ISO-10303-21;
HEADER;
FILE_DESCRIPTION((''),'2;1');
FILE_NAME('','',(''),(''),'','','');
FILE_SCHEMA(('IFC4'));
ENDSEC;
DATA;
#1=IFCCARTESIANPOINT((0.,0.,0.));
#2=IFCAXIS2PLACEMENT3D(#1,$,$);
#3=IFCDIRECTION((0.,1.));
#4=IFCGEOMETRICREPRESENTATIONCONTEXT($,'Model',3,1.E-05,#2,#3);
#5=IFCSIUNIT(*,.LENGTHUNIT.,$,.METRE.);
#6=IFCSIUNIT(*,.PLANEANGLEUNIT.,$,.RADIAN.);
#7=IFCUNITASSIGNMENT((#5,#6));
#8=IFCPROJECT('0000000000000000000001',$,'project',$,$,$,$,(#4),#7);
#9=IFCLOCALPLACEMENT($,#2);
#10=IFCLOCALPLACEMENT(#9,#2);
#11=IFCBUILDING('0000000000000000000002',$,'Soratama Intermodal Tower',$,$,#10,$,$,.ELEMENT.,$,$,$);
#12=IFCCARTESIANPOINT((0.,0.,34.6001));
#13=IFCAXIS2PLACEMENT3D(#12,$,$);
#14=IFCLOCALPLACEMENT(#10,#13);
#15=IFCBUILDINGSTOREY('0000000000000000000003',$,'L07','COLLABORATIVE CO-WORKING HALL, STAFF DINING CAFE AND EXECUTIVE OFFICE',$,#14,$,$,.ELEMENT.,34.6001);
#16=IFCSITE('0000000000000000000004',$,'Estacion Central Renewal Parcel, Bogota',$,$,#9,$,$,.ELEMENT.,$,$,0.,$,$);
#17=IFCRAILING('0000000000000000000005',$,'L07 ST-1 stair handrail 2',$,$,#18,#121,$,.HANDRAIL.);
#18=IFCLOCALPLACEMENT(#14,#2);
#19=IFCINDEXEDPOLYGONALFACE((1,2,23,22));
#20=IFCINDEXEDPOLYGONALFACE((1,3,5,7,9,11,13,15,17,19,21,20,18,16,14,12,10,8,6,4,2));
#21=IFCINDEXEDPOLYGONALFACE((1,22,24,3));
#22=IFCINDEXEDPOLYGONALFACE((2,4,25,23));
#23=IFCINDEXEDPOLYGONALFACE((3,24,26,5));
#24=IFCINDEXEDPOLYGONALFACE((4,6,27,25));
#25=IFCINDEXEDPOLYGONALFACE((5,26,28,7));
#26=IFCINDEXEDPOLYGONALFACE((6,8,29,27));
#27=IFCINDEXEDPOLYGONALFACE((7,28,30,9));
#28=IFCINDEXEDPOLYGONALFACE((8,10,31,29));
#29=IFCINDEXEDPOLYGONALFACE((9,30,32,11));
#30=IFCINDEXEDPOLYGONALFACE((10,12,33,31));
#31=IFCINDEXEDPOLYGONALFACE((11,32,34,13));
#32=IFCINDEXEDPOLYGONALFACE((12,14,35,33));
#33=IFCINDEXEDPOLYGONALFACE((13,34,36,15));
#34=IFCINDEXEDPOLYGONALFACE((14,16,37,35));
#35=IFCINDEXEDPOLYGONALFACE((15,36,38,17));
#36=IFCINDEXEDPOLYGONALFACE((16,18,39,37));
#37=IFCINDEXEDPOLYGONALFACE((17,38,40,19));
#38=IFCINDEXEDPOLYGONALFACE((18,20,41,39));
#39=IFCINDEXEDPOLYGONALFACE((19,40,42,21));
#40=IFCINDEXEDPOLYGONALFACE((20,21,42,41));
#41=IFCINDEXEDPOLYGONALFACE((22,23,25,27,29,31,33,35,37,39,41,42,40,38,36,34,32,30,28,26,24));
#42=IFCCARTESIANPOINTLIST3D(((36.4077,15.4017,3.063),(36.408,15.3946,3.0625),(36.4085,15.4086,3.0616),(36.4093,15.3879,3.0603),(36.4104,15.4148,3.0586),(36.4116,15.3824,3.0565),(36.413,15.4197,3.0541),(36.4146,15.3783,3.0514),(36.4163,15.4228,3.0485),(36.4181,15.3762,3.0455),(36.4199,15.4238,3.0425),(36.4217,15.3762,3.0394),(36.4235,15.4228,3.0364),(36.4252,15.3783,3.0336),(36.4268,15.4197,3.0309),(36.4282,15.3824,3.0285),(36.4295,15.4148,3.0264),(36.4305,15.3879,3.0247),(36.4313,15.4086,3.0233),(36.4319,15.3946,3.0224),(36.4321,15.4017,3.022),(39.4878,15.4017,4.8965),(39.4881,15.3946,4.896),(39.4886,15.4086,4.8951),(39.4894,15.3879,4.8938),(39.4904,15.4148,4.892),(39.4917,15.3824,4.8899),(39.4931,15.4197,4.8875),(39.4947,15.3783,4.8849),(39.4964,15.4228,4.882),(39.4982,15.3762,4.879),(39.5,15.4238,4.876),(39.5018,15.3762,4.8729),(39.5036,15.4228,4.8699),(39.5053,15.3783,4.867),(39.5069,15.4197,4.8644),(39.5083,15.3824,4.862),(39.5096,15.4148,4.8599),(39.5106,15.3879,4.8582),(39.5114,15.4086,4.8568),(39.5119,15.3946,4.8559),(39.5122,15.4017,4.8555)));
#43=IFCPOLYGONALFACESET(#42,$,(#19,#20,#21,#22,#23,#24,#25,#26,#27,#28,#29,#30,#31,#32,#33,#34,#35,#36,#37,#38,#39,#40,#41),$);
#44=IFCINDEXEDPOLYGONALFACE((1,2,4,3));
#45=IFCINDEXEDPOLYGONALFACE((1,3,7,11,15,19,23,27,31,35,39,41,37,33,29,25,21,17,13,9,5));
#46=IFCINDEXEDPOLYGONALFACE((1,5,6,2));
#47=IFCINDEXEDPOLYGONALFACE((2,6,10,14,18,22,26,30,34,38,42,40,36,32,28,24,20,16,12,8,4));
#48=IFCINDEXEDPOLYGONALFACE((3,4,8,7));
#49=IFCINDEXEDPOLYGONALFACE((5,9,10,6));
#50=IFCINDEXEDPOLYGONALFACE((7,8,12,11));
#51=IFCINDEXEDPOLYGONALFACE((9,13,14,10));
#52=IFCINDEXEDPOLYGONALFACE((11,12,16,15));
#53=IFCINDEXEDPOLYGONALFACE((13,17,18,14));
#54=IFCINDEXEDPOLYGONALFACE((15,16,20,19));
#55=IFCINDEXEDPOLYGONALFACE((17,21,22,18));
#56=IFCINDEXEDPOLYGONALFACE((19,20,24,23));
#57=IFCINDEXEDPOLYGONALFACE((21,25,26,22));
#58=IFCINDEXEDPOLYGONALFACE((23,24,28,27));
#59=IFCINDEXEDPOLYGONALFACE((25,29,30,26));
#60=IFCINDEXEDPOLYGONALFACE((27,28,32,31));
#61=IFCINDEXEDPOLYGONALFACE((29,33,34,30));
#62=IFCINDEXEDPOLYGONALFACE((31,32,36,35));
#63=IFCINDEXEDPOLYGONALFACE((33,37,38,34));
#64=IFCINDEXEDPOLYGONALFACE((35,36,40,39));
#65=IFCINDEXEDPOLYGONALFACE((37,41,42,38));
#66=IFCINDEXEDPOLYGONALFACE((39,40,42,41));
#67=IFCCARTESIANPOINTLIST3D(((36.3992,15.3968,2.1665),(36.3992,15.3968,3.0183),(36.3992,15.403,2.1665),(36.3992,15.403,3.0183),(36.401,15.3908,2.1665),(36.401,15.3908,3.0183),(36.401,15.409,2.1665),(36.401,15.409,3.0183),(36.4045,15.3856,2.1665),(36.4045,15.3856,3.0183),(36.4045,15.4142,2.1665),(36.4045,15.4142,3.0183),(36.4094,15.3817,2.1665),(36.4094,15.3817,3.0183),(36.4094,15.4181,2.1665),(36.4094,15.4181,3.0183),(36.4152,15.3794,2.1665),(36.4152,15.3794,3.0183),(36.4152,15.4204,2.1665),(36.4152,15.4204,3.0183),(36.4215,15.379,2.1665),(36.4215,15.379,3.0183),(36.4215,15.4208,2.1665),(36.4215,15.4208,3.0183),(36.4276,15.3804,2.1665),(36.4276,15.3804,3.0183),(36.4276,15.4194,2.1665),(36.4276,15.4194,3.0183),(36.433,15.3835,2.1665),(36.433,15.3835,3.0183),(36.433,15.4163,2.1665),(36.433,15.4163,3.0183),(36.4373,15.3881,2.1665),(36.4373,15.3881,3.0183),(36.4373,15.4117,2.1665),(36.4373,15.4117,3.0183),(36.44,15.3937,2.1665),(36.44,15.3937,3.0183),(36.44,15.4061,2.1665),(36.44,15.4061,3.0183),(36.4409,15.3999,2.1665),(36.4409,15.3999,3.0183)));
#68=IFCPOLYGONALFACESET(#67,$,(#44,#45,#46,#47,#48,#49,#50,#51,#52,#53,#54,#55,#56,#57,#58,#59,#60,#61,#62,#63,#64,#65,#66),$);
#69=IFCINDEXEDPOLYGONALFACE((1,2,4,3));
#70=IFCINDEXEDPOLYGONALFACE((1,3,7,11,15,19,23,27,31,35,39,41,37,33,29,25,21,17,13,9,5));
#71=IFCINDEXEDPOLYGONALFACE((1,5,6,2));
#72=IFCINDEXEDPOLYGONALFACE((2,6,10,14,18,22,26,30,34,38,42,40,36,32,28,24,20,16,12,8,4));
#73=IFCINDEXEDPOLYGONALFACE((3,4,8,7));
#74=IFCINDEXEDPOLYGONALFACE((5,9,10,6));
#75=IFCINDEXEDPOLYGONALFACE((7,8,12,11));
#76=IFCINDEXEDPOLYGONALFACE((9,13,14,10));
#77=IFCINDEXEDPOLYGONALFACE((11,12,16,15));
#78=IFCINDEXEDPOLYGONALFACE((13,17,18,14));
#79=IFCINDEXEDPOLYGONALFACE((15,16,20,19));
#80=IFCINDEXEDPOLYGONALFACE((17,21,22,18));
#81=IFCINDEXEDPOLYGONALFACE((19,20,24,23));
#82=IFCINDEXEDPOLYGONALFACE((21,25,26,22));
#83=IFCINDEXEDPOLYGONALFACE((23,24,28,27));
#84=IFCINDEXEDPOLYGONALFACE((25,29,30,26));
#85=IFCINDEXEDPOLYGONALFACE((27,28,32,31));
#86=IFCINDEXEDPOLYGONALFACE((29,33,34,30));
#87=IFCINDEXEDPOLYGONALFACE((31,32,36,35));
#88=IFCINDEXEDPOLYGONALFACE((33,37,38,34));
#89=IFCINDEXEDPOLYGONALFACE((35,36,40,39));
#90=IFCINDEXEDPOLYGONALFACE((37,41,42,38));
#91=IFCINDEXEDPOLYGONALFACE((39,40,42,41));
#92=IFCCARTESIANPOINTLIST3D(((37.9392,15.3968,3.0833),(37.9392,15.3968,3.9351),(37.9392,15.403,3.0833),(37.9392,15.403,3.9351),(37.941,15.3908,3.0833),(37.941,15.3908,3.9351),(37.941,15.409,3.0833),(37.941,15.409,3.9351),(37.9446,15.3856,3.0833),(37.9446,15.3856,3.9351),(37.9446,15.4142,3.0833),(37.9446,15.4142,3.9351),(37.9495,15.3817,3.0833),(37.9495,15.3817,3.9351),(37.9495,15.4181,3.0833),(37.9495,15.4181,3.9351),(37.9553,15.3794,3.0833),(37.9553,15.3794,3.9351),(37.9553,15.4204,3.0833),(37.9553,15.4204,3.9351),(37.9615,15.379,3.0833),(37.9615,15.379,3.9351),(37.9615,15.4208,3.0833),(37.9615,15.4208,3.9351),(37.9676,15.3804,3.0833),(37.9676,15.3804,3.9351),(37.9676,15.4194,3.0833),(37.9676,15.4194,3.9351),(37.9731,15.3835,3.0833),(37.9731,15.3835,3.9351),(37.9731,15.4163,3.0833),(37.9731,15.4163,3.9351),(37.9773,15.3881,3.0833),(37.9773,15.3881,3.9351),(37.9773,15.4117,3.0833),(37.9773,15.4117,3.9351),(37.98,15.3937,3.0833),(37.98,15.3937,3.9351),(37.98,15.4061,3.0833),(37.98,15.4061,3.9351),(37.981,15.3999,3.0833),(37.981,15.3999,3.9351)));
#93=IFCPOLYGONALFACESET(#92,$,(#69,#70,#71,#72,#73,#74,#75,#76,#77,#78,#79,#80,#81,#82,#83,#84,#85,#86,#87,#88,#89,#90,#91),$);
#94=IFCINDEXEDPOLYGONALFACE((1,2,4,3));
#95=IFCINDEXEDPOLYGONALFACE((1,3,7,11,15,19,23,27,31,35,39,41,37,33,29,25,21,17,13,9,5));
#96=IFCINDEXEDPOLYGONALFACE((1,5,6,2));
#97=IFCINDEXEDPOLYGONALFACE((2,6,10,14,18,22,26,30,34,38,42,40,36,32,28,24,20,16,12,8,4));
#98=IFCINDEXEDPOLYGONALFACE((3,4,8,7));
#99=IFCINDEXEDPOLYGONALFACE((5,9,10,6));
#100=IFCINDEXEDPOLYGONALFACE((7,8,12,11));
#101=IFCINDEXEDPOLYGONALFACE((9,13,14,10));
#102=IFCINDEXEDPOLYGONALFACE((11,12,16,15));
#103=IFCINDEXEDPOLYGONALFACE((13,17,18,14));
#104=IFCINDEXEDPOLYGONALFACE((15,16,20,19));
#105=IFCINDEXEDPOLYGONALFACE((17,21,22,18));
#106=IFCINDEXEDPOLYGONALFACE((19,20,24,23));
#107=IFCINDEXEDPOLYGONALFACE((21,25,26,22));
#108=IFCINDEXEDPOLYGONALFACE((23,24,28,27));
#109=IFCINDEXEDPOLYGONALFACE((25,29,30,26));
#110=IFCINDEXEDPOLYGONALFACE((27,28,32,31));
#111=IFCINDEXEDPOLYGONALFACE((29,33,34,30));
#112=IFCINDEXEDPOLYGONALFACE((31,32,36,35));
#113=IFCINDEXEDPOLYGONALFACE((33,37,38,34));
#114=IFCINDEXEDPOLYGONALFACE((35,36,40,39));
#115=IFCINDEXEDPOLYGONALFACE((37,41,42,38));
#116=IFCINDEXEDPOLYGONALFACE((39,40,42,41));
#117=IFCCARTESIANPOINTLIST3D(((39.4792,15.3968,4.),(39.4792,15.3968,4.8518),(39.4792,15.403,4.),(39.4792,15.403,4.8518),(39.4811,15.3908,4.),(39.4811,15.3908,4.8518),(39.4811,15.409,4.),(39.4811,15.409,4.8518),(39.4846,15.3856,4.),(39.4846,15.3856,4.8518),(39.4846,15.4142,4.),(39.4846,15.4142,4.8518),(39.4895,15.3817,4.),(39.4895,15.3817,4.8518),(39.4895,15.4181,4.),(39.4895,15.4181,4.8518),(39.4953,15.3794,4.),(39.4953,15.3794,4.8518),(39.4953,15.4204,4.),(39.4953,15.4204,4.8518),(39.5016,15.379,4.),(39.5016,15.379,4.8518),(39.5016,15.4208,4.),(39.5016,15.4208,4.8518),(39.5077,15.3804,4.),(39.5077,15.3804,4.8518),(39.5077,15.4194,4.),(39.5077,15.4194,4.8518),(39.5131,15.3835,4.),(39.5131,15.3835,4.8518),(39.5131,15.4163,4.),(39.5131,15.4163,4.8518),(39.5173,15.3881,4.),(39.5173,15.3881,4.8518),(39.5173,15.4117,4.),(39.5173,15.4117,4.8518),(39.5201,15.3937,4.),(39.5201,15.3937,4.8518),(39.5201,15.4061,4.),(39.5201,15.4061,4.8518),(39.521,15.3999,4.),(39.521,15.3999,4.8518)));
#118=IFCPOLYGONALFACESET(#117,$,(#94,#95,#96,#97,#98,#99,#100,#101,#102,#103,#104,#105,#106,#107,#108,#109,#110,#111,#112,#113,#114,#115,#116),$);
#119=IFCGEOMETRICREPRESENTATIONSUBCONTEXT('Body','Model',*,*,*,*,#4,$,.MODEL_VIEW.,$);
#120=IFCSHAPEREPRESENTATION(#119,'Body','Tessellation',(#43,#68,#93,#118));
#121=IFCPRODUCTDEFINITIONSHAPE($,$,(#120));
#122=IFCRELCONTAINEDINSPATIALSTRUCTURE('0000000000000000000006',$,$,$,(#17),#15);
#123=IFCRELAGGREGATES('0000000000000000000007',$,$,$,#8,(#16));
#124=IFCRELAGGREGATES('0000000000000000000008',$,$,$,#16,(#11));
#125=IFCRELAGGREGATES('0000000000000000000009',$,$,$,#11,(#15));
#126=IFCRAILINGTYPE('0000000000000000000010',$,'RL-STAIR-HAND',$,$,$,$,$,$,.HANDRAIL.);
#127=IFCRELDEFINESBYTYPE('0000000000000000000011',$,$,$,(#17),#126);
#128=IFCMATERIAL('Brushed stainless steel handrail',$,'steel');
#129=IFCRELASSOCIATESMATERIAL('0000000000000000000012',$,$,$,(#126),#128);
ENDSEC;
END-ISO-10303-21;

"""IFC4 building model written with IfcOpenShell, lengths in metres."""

from ifc_helpers import new_model, si_unit, direction, frame, origin, origin_2d, place, context, subcontext, project, spatial, circle, extrude, material, type_object, element, save


model = new_model("IFC4")

# Units and contexts
model_context = context("Model", 3, precision=1e-05, world=origin(), true_north=direction((0.0, 1.0)))
body_context = subcontext(model_context, "Body", "Model", "MODEL_VIEW")
ifc_project = project(units=[si_unit("LENGTHUNIT", "METRE"), si_unit("PLANEANGLEUNIT", "RADIAN")], contexts=[model_context])

# Site, building, storey
site_placement = place(None, origin())
site = spatial("IfcSite", under=ifc_project, at=site_placement, Name="Estacion Central Renewal Parcel, Bogota", CompositionType="ELEMENT", RefElevation=0.0)
building_placement = place(site_placement, origin())
building = spatial("IfcBuilding", under=site, at=building_placement, Name="Soratama Intermodal Tower", CompositionType="ELEMENT")
storey_placement = place(building_placement, frame((0.0, 0.0, 34.6001)))
storey = spatial("IfcBuildingStorey", under=building, at=storey_placement, Name="L07", Description="COLLABORATIVE CO-WORKING HALL, STAFF DINING CAFE AND EXECUTIVE OFFICE", CompositionType="ELEMENT", Elevation=34.6001)

# Railing
ifc_material_1 = material(Name="Brushed stainless steel handrail", Category="steel")
railing_type_1 = type_object("IfcRailingType", Name="RL-STAIR-HAND", PredefinedType="HANDRAIL", material=ifc_material_1)
railing_1_placement = place(storey_placement, frame((36.4199, 15.3999, 2.1665)))
element("IfcRailing", 1, at=railing_1_placement, inside=storey, type_object=railing_type_1, Name="L07 ST-1 stair handrail 2", PredefinedType="HANDRAIL", context=body_context, shape_type="SweptSolid", body=[
    extrude(circle(Radius=0.0239, at=origin_2d()), frame((0.0, 0.0, 0.876), z_axis=(0.859279, 0.0, 0.511508), x_axis=(0.0, 1.0, 0.0)), (0.0, 0.0, 1.0), 3.5845),
    extrude(circle(Radius=0.021, at=origin_2d()), origin(), (0.0, 0.0, 1.0), 0.8518),
    extrude(circle(Radius=0.021, at=origin_2d()), frame((1.54, 0.0, 0.9167)), (0.0, 0.0, 1.0), 0.8518),
    extrude(circle(Radius=0.021, at=origin_2d()), frame((3.0801, 0.0, 1.8335)), (0.0, 0.0, 1.0), 0.8518),
])

save(model, "model.ifc")
